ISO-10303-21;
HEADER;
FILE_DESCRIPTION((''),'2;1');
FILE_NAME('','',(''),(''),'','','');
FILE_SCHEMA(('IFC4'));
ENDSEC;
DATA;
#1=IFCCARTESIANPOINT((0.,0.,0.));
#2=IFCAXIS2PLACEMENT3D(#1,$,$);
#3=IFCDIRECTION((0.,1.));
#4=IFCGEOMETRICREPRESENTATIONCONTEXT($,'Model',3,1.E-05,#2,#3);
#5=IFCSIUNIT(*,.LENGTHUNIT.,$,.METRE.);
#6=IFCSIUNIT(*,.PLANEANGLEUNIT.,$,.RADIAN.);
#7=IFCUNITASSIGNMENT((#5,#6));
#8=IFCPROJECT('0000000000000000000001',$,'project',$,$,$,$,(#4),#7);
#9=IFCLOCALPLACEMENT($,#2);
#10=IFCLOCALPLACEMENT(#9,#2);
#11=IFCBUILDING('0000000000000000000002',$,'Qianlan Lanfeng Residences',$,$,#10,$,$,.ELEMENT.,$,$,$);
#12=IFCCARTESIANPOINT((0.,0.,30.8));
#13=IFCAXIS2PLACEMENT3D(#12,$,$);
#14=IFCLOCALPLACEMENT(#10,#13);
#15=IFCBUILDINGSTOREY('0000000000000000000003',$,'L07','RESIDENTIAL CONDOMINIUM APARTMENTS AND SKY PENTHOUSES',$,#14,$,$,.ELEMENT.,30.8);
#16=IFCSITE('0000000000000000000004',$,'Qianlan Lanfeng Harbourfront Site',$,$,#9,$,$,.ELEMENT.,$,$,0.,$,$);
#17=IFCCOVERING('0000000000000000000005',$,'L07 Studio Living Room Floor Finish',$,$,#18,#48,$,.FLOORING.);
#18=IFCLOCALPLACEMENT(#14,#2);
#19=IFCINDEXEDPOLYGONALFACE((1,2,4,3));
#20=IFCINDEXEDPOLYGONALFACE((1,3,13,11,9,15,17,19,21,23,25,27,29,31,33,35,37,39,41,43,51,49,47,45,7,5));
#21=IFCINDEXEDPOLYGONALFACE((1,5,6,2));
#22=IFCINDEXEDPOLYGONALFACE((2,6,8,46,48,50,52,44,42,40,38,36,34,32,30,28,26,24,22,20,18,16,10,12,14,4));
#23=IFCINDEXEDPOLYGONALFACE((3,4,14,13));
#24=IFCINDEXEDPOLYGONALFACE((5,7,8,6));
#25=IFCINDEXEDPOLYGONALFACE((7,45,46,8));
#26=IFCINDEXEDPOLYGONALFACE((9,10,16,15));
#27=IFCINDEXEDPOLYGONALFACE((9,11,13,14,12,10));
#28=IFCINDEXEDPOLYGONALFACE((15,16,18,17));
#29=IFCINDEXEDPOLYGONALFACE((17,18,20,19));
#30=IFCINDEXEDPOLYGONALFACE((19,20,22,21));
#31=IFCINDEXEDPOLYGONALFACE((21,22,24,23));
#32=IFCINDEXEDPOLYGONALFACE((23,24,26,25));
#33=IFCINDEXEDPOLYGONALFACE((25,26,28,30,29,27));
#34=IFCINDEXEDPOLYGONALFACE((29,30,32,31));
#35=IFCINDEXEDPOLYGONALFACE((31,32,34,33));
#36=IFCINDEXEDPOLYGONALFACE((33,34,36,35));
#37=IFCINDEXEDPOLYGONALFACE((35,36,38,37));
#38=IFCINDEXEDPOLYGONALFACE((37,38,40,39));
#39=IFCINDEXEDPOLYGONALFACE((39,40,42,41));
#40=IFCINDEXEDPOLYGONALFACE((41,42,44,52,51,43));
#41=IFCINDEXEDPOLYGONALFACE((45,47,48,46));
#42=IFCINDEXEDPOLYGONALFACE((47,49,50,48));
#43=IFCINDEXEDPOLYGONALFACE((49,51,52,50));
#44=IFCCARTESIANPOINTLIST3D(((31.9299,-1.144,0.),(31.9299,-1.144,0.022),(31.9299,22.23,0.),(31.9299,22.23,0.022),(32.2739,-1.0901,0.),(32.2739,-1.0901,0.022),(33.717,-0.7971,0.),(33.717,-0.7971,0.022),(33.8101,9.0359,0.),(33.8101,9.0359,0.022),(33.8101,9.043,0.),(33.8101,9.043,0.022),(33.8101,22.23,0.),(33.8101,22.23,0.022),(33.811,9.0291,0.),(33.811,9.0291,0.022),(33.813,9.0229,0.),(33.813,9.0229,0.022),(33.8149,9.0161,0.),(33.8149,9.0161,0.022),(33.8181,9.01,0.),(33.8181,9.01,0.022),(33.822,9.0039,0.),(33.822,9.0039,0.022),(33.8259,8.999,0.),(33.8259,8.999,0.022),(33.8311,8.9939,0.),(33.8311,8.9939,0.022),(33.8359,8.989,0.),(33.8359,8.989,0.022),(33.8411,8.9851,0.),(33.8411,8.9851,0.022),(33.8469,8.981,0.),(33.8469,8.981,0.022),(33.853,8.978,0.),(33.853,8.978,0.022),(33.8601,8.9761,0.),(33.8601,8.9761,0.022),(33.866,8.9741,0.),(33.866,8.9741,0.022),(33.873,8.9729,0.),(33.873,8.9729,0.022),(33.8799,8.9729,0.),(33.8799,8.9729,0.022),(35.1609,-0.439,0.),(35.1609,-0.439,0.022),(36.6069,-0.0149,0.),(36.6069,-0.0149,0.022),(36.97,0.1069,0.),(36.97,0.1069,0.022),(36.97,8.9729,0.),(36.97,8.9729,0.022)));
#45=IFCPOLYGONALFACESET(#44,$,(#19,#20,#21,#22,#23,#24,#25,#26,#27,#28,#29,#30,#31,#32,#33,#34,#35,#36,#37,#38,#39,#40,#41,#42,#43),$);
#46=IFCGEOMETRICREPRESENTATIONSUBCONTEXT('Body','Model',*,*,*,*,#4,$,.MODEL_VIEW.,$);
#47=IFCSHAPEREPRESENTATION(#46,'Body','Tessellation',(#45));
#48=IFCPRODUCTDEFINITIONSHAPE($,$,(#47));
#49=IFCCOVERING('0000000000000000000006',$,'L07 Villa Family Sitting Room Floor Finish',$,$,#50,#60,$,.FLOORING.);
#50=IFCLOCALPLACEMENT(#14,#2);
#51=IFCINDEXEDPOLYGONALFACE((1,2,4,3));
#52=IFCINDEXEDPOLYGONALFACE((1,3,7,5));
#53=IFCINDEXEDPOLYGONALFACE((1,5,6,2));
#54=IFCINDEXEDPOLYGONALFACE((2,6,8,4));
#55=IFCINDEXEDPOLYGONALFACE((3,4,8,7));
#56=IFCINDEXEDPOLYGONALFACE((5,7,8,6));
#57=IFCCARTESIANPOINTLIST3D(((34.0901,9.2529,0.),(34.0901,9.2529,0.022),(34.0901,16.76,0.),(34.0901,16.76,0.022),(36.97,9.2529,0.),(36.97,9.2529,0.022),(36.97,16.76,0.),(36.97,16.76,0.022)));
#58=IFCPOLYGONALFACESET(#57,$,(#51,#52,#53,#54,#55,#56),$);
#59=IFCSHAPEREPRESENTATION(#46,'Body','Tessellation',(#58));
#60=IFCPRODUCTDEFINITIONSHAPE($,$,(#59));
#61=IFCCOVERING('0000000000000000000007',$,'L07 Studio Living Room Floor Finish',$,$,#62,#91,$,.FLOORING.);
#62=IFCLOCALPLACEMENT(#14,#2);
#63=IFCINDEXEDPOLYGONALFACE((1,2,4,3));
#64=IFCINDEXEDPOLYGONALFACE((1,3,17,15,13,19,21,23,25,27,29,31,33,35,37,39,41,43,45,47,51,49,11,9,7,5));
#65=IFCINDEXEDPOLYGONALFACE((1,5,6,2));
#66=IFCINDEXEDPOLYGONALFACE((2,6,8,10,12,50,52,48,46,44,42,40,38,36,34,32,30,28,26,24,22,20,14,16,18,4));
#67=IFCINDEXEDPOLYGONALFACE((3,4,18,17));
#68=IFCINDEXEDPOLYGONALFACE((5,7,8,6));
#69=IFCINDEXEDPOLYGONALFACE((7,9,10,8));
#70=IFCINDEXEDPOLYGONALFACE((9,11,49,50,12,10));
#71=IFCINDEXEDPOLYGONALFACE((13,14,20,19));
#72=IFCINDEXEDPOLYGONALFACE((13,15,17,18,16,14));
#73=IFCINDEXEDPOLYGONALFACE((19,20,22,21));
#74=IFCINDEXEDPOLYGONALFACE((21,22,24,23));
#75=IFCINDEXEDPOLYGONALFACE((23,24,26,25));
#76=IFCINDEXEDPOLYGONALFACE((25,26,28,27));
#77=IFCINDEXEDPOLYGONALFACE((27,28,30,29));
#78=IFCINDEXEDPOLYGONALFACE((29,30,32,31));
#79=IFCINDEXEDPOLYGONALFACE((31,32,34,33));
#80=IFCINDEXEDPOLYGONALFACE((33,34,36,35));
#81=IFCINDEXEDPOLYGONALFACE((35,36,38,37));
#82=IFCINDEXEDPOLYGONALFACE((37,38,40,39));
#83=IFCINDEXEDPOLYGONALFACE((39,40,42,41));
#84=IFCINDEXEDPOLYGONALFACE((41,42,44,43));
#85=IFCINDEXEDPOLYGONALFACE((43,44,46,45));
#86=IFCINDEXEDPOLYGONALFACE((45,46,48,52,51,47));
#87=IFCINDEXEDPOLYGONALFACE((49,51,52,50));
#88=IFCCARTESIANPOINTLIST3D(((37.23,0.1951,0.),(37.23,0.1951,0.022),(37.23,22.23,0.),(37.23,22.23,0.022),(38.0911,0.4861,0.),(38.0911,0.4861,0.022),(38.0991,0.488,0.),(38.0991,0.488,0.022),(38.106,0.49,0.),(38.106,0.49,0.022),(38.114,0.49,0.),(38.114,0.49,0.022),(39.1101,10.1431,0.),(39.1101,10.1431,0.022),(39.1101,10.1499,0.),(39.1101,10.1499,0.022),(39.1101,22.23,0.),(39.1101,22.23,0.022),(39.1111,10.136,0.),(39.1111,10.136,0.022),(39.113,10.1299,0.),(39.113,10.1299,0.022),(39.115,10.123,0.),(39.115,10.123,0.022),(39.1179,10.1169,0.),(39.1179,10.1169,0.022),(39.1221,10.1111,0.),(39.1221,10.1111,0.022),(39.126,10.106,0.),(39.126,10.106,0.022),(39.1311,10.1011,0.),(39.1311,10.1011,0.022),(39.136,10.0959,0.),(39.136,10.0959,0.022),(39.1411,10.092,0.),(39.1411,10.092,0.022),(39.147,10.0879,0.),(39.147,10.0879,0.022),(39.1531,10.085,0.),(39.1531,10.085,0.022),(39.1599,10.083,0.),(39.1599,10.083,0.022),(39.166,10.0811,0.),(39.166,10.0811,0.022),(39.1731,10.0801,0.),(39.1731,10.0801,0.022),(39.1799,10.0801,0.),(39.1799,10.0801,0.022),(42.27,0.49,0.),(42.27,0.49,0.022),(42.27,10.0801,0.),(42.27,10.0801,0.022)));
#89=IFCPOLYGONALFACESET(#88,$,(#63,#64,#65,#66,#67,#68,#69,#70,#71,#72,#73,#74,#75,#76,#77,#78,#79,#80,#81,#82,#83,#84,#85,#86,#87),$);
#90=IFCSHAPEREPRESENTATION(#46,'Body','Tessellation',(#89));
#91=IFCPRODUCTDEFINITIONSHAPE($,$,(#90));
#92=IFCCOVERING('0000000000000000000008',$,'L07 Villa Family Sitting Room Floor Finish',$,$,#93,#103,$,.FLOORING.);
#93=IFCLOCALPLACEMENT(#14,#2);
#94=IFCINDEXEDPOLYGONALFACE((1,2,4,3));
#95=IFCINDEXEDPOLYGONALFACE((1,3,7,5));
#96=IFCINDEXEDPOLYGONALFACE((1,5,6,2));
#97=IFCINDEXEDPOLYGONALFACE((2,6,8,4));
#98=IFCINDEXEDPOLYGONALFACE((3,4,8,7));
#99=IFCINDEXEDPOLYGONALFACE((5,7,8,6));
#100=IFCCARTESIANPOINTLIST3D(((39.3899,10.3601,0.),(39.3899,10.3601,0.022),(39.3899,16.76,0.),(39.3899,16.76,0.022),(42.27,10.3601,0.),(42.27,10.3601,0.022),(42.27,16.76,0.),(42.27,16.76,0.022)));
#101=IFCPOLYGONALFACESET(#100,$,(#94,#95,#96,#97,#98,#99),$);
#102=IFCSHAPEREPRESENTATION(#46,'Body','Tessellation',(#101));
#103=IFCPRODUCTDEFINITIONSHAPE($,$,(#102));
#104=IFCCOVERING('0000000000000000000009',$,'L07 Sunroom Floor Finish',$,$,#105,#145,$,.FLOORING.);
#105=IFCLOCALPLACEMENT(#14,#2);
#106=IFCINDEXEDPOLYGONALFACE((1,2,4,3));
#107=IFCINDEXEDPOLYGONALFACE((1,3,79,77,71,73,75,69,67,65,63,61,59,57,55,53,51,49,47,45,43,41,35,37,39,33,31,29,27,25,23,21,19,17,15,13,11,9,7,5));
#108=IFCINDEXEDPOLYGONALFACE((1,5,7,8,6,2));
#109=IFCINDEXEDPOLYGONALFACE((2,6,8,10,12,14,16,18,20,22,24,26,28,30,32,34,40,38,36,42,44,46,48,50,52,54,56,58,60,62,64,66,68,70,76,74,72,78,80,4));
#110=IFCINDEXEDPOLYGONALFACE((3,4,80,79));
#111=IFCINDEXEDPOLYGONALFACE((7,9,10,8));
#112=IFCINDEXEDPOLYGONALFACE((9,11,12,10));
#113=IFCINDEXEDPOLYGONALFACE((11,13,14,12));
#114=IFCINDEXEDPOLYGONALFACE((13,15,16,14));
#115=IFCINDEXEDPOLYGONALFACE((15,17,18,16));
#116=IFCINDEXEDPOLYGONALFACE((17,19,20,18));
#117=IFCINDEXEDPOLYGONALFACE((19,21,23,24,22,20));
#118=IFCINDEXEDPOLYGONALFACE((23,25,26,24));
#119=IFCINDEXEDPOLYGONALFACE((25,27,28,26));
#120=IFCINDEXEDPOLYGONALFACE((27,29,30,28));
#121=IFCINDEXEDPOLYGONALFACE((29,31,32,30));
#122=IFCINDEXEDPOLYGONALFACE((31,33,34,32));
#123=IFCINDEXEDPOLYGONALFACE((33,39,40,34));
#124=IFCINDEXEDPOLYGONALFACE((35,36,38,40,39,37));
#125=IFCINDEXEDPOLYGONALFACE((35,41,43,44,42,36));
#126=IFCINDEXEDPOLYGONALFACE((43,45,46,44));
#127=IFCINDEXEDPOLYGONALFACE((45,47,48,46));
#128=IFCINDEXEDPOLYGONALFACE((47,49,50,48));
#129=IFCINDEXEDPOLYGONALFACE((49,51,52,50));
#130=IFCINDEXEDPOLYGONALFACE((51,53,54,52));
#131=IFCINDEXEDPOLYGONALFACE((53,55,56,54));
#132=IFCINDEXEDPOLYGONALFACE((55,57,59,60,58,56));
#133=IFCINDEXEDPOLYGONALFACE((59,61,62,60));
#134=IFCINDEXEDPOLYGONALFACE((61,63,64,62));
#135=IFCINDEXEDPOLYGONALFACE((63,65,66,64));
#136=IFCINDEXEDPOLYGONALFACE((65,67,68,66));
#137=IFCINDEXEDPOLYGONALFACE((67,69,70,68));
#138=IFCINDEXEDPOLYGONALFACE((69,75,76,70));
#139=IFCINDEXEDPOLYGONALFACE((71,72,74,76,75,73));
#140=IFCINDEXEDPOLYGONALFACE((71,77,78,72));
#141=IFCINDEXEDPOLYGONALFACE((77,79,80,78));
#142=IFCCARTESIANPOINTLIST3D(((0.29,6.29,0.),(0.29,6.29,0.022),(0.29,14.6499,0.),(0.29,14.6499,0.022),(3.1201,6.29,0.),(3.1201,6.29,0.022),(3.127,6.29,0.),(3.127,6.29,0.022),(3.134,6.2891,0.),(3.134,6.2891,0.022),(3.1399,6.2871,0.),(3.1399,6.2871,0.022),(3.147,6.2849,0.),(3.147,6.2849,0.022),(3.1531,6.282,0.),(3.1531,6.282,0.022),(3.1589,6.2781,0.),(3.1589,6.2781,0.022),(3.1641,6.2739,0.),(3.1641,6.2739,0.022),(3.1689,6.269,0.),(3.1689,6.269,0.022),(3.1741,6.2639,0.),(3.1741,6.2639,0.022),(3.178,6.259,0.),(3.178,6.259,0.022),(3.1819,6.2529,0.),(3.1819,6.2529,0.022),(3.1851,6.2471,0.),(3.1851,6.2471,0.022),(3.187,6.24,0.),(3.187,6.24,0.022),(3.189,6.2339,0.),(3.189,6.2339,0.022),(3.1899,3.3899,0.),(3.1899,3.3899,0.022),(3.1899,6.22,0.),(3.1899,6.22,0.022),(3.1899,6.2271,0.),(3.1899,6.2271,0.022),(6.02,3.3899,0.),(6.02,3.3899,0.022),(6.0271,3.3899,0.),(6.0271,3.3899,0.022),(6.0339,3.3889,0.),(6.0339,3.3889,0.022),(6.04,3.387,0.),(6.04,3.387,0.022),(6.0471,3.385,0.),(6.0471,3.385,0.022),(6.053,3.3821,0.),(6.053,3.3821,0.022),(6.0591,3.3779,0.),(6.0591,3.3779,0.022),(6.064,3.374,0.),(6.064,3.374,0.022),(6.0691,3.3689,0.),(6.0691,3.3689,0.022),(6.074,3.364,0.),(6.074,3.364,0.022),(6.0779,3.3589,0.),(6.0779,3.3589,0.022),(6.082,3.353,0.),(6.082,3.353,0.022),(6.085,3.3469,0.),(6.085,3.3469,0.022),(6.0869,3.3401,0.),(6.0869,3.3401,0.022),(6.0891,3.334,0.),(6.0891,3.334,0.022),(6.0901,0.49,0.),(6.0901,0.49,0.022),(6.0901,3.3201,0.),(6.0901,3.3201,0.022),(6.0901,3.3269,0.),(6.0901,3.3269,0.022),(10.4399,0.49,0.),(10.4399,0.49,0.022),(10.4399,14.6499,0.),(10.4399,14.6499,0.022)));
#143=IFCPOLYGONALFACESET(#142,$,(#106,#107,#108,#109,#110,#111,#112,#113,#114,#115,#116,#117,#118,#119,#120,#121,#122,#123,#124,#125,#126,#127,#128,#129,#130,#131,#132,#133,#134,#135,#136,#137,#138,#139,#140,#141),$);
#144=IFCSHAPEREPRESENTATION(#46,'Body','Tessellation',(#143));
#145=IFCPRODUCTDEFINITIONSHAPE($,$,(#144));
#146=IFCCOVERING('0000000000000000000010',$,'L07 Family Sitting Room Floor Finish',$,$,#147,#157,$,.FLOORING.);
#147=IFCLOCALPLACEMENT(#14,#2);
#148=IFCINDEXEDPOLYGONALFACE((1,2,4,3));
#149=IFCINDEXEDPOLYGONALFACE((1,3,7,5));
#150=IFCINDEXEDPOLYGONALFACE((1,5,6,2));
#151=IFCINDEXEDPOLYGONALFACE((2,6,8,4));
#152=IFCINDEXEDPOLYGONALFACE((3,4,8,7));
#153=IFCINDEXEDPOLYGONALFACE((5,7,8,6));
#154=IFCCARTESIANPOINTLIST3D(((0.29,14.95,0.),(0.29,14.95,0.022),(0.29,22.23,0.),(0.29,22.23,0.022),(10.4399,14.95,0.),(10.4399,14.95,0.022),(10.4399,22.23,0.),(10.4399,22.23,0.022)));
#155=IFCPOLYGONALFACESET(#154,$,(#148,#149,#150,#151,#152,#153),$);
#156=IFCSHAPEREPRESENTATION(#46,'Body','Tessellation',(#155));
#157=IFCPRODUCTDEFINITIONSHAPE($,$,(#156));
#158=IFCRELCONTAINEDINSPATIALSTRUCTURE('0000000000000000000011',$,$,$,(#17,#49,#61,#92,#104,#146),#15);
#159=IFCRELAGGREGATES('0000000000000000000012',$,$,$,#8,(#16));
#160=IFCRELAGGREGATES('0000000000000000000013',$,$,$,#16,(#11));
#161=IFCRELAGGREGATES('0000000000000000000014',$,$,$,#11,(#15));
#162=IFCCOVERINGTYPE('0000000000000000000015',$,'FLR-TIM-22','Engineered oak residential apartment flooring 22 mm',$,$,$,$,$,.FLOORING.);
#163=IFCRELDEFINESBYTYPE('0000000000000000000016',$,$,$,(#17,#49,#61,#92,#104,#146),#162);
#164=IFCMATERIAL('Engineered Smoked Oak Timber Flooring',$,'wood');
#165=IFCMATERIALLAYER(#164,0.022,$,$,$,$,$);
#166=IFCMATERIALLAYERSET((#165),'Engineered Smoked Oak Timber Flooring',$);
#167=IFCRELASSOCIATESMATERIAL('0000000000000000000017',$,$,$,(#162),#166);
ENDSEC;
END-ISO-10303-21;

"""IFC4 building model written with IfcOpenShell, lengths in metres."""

from ifc_helpers import new_model, si_unit, direction, frame, origin, place, context, subcontext, project, spatial, polyline, outline, extrude, material, layer, layer_set, type_object, element, save


model = new_model("IFC4")

# Units and contexts
model_context = context("Model", 3, precision=1e-05, world=origin(), true_north=direction((0.0, 1.0)))
body_context = subcontext(model_context, "Body", "Model", "MODEL_VIEW")
ifc_project = project(units=[si_unit("LENGTHUNIT", "METRE"), si_unit("PLANEANGLEUNIT", "RADIAN")], contexts=[model_context])

# Site, building, storey
site_placement = place(None, origin())
site = spatial("IfcSite", under=ifc_project, at=site_placement, Name="Qianlan Lanfeng Harbourfront Site", CompositionType="ELEMENT", RefElevation=0.0)
building_placement = place(site_placement, origin())
building = spatial("IfcBuilding", under=site, at=building_placement, Name="Qianlan Lanfeng Residences", CompositionType="ELEMENT")
storey_placement = place(building_placement, frame((0.0, 0.0, 30.8)))
storey = spatial("IfcBuildingStorey", under=building, at=storey_placement, Name="L07", Description="RESIDENTIAL CONDOMINIUM APARTMENTS AND SKY PENTHOUSES", CompositionType="ELEMENT", Elevation=30.8)

# Coverings
ifc_material_1 = material(Name="Engineered Smoked Oak Timber Flooring", Category="wood")
ifc_layer_1 = layer(ifc_material_1, 0.022)
ifc_layer_set_1 = layer_set([ifc_layer_1], Name="Engineered Smoked Oak Timber Flooring")
covering_type_1 = type_object("IfcCoveringType", Name="FLR-TIM-22", Description="Engineered oak residential apartment flooring 22 mm", PredefinedType="FLOORING", material=ifc_layer_set_1)
covering_1_placement = place(storey_placement, origin())
element("IfcCovering", 1, at=covering_1_placement, inside=storey, type_object=covering_type_1, Name="L07 Studio Living Room Floor Finish", PredefinedType="FLOORING", context=body_context, shape_type="SweptSolid", body=[
    extrude(outline(polyline([(36.97, 0.1069), (36.97, 8.9729), (33.8799, 8.9729), (33.873, 8.9729), (33.866, 8.9741), (33.8601, 8.9761), (33.853, 8.978), (33.8469, 8.981), (33.8411, 8.9851), (33.8359, 8.989), (33.8311, 8.9939), (33.8259, 8.999), (33.822, 9.0039), (33.8181, 9.01), (33.8149, 9.0161), (33.813, 9.0229), (33.811, 9.0291), (33.8101, 9.0359), (33.8101, 9.043), (33.8101, 22.23), (31.9299, 22.23), (31.9299, -1.144), (32.2739, -1.0901), (33.717, -0.7971), (35.1609, -0.439), (36.6069, -0.0149), (36.97, 0.1069)])), origin(), (0.0, 0.0, 1.0), 0.022),
])
covering_2_placement = place(storey_placement, origin())
element("IfcCovering", 2, at=covering_2_placement, inside=storey, type_object=covering_type_1, Name="L07 Villa Family Sitting Room Floor Finish", PredefinedType="FLOORING", context=body_context, shape_type="SweptSolid", body=[
    extrude(outline(polyline([(34.0901, 16.76), (34.0901, 9.2529), (36.97, 9.2529), (36.97, 16.76), (34.0901, 16.76)])), origin(), (0.0, 0.0, 1.0), 0.022),
])
covering_3_placement = place(storey_placement, origin())
element("IfcCovering", 3, at=covering_3_placement, inside=storey, type_object=covering_type_1, Name="L07 Studio Living Room Floor Finish", PredefinedType="FLOORING", context=body_context, shape_type="SweptSolid", body=[
    extrude(outline(polyline([(42.27, 0.49), (42.27, 10.0801), (39.1799, 10.0801), (39.1731, 10.0801), (39.166, 10.0811), (39.1599, 10.083), (39.1531, 10.085), (39.147, 10.0879), (39.1411, 10.092), (39.136, 10.0959), (39.1311, 10.1011), (39.126, 10.106), (39.1221, 10.1111), (39.1179, 10.1169), (39.115, 10.123), (39.113, 10.1299), (39.1111, 10.136), (39.1101, 10.1431), (39.1101, 10.1499), (39.1101, 22.23), (37.23, 22.23), (37.23, 0.1951), (38.0911, 0.4861), (38.0991, 0.488), (38.106, 0.49), (38.114, 0.49), (42.27, 0.49)])), origin(), (0.0, 0.0, 1.0), 0.022),
])
covering_4_placement = place(storey_placement, origin())
element("IfcCovering", 4, at=covering_4_placement, inside=storey, type_object=covering_type_1, Name="L07 Villa Family Sitting Room Floor Finish", PredefinedType="FLOORING", context=body_context, shape_type="SweptSolid", body=[
    extrude(outline(polyline([(39.3899, 16.76), (39.3899, 10.3601), (42.27, 10.3601), (42.27, 16.76), (39.3899, 16.76)])), origin(), (0.0, 0.0, 1.0), 0.022),
])
covering_5_placement = place(storey_placement, origin())
element("IfcCovering", 5, at=covering_5_placement, inside=storey, type_object=covering_type_1, Name="L07 Sunroom Floor Finish", PredefinedType="FLOORING", context=body_context, shape_type="SweptSolid", body=[
    extrude(outline(polyline([(10.4399, 14.6499), (0.29, 14.6499), (0.29, 6.29), (3.1201, 6.29), (3.127, 6.29), (3.134, 6.2891), (3.1399, 6.2871), (3.147, 6.2849), (3.1531, 6.282), (3.1589, 6.2781), (3.1641, 6.2739), (3.1689, 6.269), (3.1741, 6.2639), (3.178, 6.259), (3.1819, 6.2529), (3.1851, 6.2471), (3.187, 6.24), (3.189, 6.2339), (3.1899, 6.2271), (3.1899, 6.22), (3.1899, 3.3899), (6.02, 3.3899), (6.0271, 3.3899), (6.0339, 3.3889), (6.04, 3.387), (6.0471, 3.385), (6.053, 3.3821), (6.0591, 3.3779), (6.064, 3.374), (6.0691, 3.3689), (6.074, 3.364), (6.0779, 3.3589), (6.082, 3.353), (6.085, 3.3469), (6.0869, 3.3401), (6.0891, 3.334), (6.0901, 3.3269), (6.0901, 3.3201), (6.0901, 0.49), (10.4399, 0.49), (10.4399, 14.6499)])), origin(), (0.0, 0.0, 1.0), 0.022),
])
covering_6_placement = place(storey_placement, origin())
element("IfcCovering", 6, at=covering_6_placement, inside=storey, type_object=covering_type_1, Name="L07 Family Sitting Room Floor Finish", PredefinedType="FLOORING", context=body_context, shape_type="SweptSolid", body=[
    extrude(outline(polyline([(10.4399, 22.23), (0.29, 22.23), (0.29, 14.95), (10.4399, 14.95), (10.4399, 22.23)])), origin(), (0.0, 0.0, 1.0), 0.022),
])

save(model, "model.ifc")
